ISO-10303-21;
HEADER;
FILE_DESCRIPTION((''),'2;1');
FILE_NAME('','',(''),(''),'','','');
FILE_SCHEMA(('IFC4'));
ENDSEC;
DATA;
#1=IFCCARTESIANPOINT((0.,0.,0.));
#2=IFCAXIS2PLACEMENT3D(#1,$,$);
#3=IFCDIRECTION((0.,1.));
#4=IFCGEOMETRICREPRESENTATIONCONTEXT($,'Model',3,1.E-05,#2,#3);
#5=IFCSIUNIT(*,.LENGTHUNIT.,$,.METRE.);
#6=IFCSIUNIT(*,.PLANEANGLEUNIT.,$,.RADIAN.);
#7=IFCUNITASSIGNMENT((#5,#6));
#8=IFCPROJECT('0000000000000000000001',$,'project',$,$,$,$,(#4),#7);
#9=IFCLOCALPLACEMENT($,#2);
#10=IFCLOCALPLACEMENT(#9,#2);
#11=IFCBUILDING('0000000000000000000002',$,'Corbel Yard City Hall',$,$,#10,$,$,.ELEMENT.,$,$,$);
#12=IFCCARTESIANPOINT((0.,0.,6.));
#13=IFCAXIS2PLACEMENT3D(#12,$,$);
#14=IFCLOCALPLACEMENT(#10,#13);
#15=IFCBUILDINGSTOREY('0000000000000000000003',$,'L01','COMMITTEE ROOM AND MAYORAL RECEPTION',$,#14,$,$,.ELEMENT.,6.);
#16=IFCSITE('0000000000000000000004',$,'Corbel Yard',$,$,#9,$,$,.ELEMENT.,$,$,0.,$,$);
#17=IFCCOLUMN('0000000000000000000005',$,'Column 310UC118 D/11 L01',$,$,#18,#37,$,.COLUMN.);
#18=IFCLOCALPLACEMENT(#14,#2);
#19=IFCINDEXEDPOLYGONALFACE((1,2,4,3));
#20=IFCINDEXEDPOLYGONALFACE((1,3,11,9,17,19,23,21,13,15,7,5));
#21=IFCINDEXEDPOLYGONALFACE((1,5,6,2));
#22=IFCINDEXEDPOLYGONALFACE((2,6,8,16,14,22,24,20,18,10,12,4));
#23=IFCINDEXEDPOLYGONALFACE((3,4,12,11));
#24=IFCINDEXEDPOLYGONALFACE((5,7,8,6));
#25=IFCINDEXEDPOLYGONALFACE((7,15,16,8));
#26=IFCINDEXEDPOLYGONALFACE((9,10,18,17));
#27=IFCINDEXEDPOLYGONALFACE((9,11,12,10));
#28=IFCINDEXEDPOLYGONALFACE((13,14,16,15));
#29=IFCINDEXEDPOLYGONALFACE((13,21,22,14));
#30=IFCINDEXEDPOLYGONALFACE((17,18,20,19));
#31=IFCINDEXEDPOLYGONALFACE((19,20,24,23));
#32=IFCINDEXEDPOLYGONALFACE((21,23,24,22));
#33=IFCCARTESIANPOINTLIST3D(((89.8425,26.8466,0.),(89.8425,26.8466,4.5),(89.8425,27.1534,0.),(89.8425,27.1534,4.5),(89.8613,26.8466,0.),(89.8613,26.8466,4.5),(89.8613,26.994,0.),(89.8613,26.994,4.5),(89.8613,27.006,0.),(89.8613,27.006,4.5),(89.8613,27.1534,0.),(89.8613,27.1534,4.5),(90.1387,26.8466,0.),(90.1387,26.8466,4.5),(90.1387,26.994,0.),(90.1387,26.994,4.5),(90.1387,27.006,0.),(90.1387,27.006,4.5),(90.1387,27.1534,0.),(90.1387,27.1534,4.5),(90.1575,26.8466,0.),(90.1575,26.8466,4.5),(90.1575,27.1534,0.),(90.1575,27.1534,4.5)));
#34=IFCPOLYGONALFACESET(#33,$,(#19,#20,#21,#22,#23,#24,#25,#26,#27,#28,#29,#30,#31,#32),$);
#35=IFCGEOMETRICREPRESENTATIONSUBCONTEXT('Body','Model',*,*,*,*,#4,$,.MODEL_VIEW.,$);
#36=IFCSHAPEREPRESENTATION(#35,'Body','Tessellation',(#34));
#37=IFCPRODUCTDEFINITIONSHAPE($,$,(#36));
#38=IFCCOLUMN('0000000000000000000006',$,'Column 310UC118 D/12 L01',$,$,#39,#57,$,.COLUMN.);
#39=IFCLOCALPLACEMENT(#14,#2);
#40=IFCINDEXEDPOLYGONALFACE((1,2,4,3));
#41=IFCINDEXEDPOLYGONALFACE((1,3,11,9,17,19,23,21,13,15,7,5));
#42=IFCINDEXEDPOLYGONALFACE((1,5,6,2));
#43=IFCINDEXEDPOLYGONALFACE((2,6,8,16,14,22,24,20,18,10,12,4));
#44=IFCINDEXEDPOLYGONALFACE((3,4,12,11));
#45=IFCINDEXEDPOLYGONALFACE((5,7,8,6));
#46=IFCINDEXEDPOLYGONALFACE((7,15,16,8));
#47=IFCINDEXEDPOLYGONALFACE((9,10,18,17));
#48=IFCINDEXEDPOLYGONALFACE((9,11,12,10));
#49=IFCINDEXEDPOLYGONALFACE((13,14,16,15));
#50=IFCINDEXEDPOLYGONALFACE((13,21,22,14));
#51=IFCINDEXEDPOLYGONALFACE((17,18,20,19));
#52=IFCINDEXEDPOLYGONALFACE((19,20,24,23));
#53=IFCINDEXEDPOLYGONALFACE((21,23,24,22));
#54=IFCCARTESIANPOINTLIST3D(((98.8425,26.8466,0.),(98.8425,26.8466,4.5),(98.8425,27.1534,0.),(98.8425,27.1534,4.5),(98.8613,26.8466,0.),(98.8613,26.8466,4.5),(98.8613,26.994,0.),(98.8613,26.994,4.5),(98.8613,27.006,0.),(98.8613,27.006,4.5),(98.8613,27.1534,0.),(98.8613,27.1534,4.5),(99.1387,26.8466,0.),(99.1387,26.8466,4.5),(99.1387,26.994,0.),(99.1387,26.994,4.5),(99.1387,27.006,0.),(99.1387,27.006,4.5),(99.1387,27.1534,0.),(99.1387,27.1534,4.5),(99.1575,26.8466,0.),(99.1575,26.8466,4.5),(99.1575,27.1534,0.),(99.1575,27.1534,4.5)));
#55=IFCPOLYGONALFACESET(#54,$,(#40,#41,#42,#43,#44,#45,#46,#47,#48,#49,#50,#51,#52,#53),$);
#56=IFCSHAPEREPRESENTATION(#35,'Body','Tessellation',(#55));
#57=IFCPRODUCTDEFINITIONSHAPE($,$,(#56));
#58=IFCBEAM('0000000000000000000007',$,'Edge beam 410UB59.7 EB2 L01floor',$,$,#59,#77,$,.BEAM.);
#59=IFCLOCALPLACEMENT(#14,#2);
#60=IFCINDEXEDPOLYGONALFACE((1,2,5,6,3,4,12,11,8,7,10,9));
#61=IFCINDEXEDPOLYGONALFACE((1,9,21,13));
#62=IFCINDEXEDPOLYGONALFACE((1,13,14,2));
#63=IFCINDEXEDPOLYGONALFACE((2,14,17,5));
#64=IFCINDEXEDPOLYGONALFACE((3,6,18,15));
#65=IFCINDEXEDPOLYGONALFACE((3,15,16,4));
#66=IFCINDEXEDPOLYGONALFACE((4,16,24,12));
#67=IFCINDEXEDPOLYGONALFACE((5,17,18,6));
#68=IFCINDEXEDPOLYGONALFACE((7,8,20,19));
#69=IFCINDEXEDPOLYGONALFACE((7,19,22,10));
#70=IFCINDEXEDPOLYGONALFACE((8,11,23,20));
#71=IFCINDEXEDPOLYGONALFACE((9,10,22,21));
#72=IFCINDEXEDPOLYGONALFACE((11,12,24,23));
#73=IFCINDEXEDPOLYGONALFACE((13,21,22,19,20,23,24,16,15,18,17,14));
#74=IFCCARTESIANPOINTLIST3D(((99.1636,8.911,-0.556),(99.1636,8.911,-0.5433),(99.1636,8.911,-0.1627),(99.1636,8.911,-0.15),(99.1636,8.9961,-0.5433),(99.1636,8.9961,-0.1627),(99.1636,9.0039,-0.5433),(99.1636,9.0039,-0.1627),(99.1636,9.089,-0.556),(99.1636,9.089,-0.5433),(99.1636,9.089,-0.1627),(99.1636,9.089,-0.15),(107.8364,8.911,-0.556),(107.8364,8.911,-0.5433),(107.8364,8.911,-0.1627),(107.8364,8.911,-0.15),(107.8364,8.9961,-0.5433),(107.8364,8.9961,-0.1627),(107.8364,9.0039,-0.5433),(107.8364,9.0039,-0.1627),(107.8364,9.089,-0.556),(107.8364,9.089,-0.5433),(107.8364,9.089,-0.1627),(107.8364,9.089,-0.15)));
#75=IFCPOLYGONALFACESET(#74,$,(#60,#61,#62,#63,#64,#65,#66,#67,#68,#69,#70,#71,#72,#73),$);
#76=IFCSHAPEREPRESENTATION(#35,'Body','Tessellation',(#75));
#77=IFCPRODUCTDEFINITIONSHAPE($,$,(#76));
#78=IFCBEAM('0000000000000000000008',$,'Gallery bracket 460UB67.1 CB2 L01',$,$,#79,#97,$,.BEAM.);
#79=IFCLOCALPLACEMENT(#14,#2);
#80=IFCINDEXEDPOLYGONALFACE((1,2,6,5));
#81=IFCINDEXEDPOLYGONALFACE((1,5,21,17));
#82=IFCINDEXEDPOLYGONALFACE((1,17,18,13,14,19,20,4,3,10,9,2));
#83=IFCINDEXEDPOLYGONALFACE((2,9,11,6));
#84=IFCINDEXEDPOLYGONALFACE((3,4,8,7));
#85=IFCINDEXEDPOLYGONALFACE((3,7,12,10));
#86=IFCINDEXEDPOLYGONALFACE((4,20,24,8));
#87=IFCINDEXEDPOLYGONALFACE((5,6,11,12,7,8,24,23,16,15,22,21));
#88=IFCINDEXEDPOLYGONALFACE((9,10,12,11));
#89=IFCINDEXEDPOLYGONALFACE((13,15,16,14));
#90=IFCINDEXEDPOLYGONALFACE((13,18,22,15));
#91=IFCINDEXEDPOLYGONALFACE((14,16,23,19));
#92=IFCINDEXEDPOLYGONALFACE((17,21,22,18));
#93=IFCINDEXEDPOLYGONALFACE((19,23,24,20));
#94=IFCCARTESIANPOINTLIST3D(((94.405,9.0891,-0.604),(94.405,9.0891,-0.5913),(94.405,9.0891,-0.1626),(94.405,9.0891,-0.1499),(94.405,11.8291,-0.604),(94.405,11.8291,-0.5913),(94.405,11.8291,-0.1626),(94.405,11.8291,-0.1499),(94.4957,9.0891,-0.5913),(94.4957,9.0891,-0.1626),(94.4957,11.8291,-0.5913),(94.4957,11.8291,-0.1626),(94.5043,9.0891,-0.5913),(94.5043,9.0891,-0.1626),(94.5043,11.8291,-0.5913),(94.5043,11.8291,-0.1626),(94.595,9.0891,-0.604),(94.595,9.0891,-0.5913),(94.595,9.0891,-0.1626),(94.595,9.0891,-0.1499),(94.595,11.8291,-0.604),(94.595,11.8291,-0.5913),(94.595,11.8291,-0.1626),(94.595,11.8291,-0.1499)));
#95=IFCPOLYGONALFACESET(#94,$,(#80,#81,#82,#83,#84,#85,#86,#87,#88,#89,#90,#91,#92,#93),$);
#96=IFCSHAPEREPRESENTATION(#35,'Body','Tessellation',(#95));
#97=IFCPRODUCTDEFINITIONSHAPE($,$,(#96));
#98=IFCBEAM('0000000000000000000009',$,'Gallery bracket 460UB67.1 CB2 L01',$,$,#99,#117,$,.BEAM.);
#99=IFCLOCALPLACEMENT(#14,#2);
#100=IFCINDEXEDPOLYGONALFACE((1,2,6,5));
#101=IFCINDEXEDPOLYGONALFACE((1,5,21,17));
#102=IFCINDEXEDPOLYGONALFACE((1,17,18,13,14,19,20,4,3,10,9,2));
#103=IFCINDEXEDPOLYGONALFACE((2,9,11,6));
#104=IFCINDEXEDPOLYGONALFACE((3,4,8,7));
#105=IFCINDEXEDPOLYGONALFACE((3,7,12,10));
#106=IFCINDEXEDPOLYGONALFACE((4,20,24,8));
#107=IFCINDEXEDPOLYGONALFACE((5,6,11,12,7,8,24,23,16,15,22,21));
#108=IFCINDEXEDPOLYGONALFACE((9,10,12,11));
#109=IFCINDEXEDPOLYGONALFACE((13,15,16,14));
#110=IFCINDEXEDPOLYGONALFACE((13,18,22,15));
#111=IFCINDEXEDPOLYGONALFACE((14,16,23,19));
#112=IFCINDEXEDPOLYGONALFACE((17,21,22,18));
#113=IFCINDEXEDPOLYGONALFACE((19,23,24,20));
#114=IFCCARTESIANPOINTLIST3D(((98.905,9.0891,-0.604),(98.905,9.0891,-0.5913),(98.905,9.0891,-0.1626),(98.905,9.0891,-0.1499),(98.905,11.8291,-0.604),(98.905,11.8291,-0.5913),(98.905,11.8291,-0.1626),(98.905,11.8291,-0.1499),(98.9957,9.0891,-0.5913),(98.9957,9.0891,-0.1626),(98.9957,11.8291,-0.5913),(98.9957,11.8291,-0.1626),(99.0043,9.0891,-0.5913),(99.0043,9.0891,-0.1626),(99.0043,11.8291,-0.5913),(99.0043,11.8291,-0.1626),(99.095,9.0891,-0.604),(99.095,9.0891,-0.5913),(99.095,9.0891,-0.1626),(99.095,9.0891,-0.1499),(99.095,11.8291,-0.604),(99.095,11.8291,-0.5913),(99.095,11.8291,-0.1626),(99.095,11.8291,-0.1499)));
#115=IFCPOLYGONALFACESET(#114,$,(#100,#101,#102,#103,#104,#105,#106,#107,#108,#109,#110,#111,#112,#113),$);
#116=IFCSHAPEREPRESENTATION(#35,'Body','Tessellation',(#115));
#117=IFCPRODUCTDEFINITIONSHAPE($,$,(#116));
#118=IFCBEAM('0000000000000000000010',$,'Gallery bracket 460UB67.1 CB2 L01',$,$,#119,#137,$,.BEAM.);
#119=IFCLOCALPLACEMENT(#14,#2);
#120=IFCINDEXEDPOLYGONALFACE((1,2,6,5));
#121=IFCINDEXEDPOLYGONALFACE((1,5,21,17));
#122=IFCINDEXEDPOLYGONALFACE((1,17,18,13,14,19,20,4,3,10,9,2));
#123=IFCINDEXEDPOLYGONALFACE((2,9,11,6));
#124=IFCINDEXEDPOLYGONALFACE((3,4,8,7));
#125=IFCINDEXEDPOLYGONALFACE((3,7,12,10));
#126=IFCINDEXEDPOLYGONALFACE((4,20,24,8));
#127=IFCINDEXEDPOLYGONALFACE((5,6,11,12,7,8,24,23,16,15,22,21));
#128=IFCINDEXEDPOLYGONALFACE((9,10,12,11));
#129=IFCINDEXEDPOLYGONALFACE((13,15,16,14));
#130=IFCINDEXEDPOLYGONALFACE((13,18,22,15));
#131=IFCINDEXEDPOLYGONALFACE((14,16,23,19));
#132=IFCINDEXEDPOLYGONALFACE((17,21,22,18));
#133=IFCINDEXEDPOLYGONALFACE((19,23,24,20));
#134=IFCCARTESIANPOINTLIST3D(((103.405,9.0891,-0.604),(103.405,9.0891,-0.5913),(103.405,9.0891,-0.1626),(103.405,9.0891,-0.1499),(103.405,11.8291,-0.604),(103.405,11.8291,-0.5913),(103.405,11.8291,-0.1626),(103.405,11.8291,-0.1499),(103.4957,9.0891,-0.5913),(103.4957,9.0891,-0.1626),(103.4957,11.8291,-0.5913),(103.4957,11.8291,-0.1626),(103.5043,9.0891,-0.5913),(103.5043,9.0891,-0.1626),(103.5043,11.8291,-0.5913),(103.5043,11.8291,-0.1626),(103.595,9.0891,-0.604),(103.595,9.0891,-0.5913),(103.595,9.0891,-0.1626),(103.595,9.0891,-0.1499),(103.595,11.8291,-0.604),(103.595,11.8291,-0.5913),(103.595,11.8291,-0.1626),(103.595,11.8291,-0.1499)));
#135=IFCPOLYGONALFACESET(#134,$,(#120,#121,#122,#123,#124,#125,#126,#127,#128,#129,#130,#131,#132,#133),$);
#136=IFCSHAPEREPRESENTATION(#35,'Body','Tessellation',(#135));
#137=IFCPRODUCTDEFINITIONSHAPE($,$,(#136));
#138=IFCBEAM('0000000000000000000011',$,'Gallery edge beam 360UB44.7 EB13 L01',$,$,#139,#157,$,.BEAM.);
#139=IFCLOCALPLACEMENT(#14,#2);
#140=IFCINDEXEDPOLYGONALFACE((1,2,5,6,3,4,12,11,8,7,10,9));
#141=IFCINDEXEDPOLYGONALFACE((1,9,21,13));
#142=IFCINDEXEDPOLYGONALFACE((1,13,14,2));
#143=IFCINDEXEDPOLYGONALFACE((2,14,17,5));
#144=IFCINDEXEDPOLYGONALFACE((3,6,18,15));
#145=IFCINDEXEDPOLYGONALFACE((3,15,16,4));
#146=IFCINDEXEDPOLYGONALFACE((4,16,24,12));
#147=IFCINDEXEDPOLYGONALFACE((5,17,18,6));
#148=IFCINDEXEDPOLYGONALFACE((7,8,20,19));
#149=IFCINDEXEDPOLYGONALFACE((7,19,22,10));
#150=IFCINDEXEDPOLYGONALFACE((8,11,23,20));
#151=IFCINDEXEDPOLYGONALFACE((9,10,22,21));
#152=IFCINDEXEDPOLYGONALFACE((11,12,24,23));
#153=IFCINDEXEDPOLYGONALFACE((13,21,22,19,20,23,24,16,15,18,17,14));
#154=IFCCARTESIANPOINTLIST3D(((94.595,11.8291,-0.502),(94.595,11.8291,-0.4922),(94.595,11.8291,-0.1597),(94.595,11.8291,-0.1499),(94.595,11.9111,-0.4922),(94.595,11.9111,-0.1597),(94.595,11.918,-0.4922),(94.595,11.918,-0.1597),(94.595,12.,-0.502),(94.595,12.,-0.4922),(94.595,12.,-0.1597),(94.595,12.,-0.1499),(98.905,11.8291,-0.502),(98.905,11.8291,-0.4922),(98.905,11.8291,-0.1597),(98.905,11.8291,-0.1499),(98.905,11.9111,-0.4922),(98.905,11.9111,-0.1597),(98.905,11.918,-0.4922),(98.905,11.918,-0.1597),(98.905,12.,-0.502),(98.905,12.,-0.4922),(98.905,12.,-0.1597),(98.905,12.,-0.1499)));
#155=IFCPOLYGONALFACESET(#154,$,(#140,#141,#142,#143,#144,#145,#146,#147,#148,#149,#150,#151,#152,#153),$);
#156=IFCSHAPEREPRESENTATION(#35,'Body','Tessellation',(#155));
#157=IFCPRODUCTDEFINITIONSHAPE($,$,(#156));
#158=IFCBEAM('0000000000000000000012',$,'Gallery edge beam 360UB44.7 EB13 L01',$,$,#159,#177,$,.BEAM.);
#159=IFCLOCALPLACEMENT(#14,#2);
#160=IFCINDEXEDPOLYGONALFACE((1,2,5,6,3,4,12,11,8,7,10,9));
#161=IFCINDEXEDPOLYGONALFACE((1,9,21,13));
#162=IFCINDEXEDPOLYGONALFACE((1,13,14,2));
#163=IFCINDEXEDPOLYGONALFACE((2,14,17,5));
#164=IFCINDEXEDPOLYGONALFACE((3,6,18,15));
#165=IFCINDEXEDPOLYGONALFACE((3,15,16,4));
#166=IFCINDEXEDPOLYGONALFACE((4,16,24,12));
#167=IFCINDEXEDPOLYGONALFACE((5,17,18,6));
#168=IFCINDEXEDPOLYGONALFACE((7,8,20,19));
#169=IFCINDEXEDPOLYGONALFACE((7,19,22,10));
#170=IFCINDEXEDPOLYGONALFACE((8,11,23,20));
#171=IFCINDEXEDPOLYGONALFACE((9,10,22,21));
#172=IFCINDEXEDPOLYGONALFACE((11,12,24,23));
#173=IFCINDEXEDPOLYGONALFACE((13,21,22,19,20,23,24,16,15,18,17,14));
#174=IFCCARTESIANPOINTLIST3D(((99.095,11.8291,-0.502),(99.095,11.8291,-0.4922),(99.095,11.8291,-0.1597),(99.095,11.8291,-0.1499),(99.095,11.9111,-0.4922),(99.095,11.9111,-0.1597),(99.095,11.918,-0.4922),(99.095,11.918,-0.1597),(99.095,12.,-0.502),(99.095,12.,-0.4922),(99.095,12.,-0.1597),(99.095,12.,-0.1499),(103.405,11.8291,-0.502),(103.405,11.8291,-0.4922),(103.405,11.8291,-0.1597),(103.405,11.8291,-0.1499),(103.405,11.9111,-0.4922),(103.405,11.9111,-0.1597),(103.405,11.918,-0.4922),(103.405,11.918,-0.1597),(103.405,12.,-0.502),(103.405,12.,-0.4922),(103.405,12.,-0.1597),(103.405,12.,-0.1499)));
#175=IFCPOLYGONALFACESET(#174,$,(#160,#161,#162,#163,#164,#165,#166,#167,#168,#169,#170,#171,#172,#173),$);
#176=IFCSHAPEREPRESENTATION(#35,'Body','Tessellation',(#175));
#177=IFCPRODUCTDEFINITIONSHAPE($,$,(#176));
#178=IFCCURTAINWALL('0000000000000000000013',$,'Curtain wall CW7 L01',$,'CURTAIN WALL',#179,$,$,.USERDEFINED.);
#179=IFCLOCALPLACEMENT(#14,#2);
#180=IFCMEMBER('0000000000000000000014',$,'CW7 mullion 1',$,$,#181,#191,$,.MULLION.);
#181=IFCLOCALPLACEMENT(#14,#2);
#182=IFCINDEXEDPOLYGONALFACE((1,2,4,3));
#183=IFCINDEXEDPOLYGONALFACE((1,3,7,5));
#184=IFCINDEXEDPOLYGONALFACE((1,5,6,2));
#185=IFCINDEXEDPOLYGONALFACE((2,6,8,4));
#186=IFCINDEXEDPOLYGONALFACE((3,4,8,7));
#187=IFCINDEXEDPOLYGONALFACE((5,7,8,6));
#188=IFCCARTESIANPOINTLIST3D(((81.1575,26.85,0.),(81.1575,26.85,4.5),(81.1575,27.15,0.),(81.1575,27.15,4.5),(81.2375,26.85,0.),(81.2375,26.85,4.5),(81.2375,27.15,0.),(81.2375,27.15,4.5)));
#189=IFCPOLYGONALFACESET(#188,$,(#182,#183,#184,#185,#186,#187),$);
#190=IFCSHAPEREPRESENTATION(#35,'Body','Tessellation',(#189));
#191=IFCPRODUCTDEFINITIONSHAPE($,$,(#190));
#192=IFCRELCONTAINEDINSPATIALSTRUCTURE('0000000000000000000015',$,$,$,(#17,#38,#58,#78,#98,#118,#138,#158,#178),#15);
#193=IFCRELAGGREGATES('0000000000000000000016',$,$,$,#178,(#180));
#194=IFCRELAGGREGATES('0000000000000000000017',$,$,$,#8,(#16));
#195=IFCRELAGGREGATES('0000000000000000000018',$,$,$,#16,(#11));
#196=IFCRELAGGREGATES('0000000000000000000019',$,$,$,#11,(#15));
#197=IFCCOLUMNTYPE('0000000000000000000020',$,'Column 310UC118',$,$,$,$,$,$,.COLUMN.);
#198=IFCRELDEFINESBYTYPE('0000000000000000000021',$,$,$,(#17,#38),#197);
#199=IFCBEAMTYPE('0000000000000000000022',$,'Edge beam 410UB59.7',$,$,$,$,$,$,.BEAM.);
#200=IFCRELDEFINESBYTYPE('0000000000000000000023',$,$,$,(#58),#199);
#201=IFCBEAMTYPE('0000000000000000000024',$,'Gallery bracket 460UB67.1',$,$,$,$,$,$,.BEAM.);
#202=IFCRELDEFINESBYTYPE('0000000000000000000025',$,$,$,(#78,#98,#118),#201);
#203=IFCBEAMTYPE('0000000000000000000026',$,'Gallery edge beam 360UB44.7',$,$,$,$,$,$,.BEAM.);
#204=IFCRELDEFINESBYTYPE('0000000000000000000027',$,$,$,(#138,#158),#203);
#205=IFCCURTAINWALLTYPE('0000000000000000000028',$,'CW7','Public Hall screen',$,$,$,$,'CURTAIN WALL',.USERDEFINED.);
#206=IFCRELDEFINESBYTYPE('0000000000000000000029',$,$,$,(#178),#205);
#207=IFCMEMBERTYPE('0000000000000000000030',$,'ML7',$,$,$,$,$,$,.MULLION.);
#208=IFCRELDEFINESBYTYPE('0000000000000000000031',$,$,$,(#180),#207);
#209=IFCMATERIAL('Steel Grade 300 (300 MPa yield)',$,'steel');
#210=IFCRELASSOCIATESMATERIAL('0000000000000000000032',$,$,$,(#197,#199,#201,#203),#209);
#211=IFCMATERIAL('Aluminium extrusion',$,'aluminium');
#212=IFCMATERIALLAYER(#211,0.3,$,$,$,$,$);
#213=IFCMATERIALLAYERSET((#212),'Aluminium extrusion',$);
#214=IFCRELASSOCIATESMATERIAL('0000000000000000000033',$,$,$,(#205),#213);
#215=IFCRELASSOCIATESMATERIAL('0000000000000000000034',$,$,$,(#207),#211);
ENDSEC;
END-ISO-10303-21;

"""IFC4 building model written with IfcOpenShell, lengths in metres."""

from ifc_helpers import new_model, si_unit, direction, frame, origin, origin_2d, place, context, subcontext, project, spatial, rectangle, i_section, extrude, material, layer, layer_set, material_profile, profile_set, type_object, element, aggregate, save


model = new_model("IFC4")

# Units and contexts
model_context = context("Model", 3, precision=1e-05, world=origin(), true_north=direction((0.0, 1.0)))
body_context = subcontext(model_context, "Body", "Model", "MODEL_VIEW")
ifc_project = project(units=[si_unit("LENGTHUNIT", "METRE"), si_unit("PLANEANGLEUNIT", "RADIAN")], contexts=[model_context])

# Site, building, storey
site_placement = place(None, origin())
site = spatial("IfcSite", under=ifc_project, at=site_placement, Name="Corbel Yard", CompositionType="ELEMENT", RefElevation=0.0)
building_placement = place(site_placement, origin())
building = spatial("IfcBuilding", under=site, at=building_placement, Name="Corbel Yard City Hall", CompositionType="ELEMENT")
storey_placement = place(building_placement, frame((0.0, 0.0, 6.0)))
storey = spatial("IfcBuildingStorey", under=building, at=storey_placement, Name="L01", Description="COMMITTEE ROOM AND MAYORAL RECEPTION", CompositionType="ELEMENT", Elevation=6.0)

# Columns
ifc_material_1 = material(Name="Steel Grade 300 (300 MPa yield)", Category="steel")
ifc_material_profile_1 = material_profile(ifc_material_1, i_section(OverallWidth=0.3069, OverallDepth=0.3149, WebThickness=0.012, FlangeThickness=0.0188, at=origin_2d()), Name="310UC118")
ifc_profile_set_1 = profile_set([ifc_material_profile_1], Name="Steel Grade 300 (300 MPa yield)")
column_type = type_object("IfcColumnType", Name="Column 310UC118", PredefinedType="COLUMN", material=ifc_profile_set_1)
for number, where, z_axis, x_axis, name in (
    (1, (90.0, 27.0, 0.0), (0.0, 0.0, 1.0), (0.0, 1.0, 0.0), "Column 310UC118 D/11 L01"),
    (2, (99.0, 27.0, 0.0), (0.0, 0.0, 1.0), (0.0, 1.0, 0.0), "Column 310UC118 D/12 L01"),
):
    element("IfcColumn", number, at=place(storey_placement, frame(where, z_axis=z_axis, x_axis=x_axis)), inside=storey, type_object=column_type, Name=name, PredefinedType="COLUMN", context=body_context, shape_type="SweptSolid", body=[
        extrude(i_section(OverallWidth=0.3069, OverallDepth=0.3149, WebThickness=0.012, FlangeThickness=0.0188, at=origin_2d()), origin(), (0.0, 0.0, 1.0), 4.5),
    ])

# Beams
ifc_material_profile_2 = material_profile(ifc_material_1, i_section(OverallWidth=0.178, OverallDepth=0.406, WebThickness=0.0078, FlangeThickness=0.0127, at=origin_2d()), Name="410UB59.7")
ifc_profile_set_2 = profile_set([ifc_material_profile_2], Name="Steel Grade 300 (300 MPa yield)")
beam_type_1 = type_object("IfcBeamType", Name="Edge beam 410UB59.7", PredefinedType="BEAM", material=ifc_profile_set_2)
beam_placement = place(storey_placement, frame((99.1636, 9.0, -0.353), z_axis=(1.0, 0.0, 0.0), x_axis=(0.0, 1.0, 0.0)))
element("IfcBeam", 3, at=beam_placement, inside=storey, type_object=beam_type_1, Name="Edge beam 410UB59.7 EB2 L01floor", PredefinedType="BEAM", context=body_context, shape_type="SweptSolid", body=[
    extrude(i_section(OverallWidth=0.178, OverallDepth=0.406, WebThickness=0.0078, FlangeThickness=0.0127, at=origin_2d()), origin(), (0.0, 0.0, 1.0), 8.6729),
])
ifc_material_profile_3 = material_profile(ifc_material_1, i_section(OverallWidth=0.1899, OverallDepth=0.4541, WebThickness=0.0085, FlangeThickness=0.0127, at=origin_2d()), Name="460UB67.1")
ifc_profile_set_3 = profile_set([ifc_material_profile_3], Name="Steel Grade 300 (300 MPa yield)")
beam_type_2 = type_object("IfcBeamType", Name="Gallery bracket 460UB67.1", PredefinedType="BEAM", material=ifc_profile_set_3)
for number, where, z_axis, x_axis, name in (
    (4, (94.5, 9.0891, -0.377), (0.0, 1.0, 0.0), (-1.0, 0.0, 0.0), "Gallery bracket 460UB67.1 CB2 L01"),
    (5, (99.0, 9.0891, -0.377), (0.0, 1.0, 0.0), (-1.0, 0.0, 0.0), "Gallery bracket 460UB67.1 CB2 L01"),
    (6, (103.5, 9.0891, -0.377), (0.0, 1.0, 0.0), (-1.0, 0.0, 0.0), "Gallery bracket 460UB67.1 CB2 L01"),
):
    element("IfcBeam", number, at=place(storey_placement, frame(where, z_axis=z_axis, x_axis=x_axis)), inside=storey, type_object=beam_type_2, Name=name, PredefinedType="BEAM", context=body_context, shape_type="SweptSolid", body=[
        extrude(i_section(OverallWidth=0.1899, OverallDepth=0.4541, WebThickness=0.0085, FlangeThickness=0.0127, at=origin_2d()), origin(), (0.0, 0.0, 1.0), 2.74),
    ])
ifc_material_profile_4 = material_profile(ifc_material_1, i_section(OverallWidth=0.1709, OverallDepth=0.3521, WebThickness=0.0068, FlangeThickness=0.0098, at=origin_2d()), Name="360UB44.7")
ifc_profile_set_4 = profile_set([ifc_material_profile_4], Name="Steel Grade 300 (300 MPa yield)")
beam_type_3 = type_object("IfcBeamType", Name="Gallery edge beam 360UB44.7", PredefinedType="BEAM", material=ifc_profile_set_4)
for number, where, z_axis, x_axis, name in (
    (7, (94.595, 11.9146, -0.3259), (1.0, 0.0, 0.0), (0.0, 1.0, 0.0), "Gallery edge beam 360UB44.7 EB13 L01"),
    (8, (99.095, 11.9146, -0.3259), (1.0, 0.0, 0.0), (0.0, 1.0, 0.0), "Gallery edge beam 360UB44.7 EB13 L01"),
):
    element("IfcBeam", number, at=place(storey_placement, frame(where, z_axis=z_axis, x_axis=x_axis)), inside=storey, type_object=beam_type_3, Name=name, PredefinedType="BEAM", context=body_context, shape_type="SweptSolid", body=[
        extrude(i_section(OverallWidth=0.1709, OverallDepth=0.3521, WebThickness=0.0068, FlangeThickness=0.0098, at=origin_2d()), origin(), (0.0, 0.0, 1.0), 4.3101),
    ])

# Curtain wall, member
ifc_material_2 = material(Name="Aluminium extrusion", Category="aluminium")
ifc_layer_1 = layer(ifc_material_2, 0.3)
ifc_layer_set_1 = layer_set([ifc_layer_1], Name="Aluminium extrusion")
curtain_wall_type = type_object("IfcCurtainWallType", Name="CW7", Description="Public Hall screen", ElementType="CURTAIN WALL", PredefinedType="USERDEFINED", material=ifc_layer_set_1)
curtain_wall_1_placement = place(storey_placement, origin())
curtain_wall_1 = element("IfcCurtainWall", 9, at=curtain_wall_1_placement, inside=storey, type_object=curtain_wall_type, Name="Curtain wall CW7 L01", ObjectType="CURTAIN WALL", PredefinedType="USERDEFINED")
ifc_material_profile_5 = material_profile(ifc_material_2, rectangle(XDim=0.3, YDim=0.0801, at=origin_2d()), Name="300x80")
ifc_profile_set_5 = profile_set([ifc_material_profile_5], Name="Aluminium extrusion")
member_type_1 = type_object("IfcMemberType", Name="ML7", PredefinedType="MULLION", material=ifc_profile_set_5)
member_1_placement = place(storey_placement, frame((81.1975, 27.0, 0.0), z_axis=(0.0, 0.0, 1.0), x_axis=(0.0, 1.0, 0.0)))
member_1 = element("IfcMember", 10, at=member_1_placement, type_object=member_type_1, Name="CW7 mullion 1", PredefinedType="MULLION", context=body_context, shape_type="SweptSolid", body=[
    extrude(rectangle(XDim=0.3, YDim=0.0801, at=origin_2d()), origin(), (0.0, 0.0, 1.0), 4.5),
])

aggregate(curtain_wall_1, [member_1])

save(model, "model.ifc")
